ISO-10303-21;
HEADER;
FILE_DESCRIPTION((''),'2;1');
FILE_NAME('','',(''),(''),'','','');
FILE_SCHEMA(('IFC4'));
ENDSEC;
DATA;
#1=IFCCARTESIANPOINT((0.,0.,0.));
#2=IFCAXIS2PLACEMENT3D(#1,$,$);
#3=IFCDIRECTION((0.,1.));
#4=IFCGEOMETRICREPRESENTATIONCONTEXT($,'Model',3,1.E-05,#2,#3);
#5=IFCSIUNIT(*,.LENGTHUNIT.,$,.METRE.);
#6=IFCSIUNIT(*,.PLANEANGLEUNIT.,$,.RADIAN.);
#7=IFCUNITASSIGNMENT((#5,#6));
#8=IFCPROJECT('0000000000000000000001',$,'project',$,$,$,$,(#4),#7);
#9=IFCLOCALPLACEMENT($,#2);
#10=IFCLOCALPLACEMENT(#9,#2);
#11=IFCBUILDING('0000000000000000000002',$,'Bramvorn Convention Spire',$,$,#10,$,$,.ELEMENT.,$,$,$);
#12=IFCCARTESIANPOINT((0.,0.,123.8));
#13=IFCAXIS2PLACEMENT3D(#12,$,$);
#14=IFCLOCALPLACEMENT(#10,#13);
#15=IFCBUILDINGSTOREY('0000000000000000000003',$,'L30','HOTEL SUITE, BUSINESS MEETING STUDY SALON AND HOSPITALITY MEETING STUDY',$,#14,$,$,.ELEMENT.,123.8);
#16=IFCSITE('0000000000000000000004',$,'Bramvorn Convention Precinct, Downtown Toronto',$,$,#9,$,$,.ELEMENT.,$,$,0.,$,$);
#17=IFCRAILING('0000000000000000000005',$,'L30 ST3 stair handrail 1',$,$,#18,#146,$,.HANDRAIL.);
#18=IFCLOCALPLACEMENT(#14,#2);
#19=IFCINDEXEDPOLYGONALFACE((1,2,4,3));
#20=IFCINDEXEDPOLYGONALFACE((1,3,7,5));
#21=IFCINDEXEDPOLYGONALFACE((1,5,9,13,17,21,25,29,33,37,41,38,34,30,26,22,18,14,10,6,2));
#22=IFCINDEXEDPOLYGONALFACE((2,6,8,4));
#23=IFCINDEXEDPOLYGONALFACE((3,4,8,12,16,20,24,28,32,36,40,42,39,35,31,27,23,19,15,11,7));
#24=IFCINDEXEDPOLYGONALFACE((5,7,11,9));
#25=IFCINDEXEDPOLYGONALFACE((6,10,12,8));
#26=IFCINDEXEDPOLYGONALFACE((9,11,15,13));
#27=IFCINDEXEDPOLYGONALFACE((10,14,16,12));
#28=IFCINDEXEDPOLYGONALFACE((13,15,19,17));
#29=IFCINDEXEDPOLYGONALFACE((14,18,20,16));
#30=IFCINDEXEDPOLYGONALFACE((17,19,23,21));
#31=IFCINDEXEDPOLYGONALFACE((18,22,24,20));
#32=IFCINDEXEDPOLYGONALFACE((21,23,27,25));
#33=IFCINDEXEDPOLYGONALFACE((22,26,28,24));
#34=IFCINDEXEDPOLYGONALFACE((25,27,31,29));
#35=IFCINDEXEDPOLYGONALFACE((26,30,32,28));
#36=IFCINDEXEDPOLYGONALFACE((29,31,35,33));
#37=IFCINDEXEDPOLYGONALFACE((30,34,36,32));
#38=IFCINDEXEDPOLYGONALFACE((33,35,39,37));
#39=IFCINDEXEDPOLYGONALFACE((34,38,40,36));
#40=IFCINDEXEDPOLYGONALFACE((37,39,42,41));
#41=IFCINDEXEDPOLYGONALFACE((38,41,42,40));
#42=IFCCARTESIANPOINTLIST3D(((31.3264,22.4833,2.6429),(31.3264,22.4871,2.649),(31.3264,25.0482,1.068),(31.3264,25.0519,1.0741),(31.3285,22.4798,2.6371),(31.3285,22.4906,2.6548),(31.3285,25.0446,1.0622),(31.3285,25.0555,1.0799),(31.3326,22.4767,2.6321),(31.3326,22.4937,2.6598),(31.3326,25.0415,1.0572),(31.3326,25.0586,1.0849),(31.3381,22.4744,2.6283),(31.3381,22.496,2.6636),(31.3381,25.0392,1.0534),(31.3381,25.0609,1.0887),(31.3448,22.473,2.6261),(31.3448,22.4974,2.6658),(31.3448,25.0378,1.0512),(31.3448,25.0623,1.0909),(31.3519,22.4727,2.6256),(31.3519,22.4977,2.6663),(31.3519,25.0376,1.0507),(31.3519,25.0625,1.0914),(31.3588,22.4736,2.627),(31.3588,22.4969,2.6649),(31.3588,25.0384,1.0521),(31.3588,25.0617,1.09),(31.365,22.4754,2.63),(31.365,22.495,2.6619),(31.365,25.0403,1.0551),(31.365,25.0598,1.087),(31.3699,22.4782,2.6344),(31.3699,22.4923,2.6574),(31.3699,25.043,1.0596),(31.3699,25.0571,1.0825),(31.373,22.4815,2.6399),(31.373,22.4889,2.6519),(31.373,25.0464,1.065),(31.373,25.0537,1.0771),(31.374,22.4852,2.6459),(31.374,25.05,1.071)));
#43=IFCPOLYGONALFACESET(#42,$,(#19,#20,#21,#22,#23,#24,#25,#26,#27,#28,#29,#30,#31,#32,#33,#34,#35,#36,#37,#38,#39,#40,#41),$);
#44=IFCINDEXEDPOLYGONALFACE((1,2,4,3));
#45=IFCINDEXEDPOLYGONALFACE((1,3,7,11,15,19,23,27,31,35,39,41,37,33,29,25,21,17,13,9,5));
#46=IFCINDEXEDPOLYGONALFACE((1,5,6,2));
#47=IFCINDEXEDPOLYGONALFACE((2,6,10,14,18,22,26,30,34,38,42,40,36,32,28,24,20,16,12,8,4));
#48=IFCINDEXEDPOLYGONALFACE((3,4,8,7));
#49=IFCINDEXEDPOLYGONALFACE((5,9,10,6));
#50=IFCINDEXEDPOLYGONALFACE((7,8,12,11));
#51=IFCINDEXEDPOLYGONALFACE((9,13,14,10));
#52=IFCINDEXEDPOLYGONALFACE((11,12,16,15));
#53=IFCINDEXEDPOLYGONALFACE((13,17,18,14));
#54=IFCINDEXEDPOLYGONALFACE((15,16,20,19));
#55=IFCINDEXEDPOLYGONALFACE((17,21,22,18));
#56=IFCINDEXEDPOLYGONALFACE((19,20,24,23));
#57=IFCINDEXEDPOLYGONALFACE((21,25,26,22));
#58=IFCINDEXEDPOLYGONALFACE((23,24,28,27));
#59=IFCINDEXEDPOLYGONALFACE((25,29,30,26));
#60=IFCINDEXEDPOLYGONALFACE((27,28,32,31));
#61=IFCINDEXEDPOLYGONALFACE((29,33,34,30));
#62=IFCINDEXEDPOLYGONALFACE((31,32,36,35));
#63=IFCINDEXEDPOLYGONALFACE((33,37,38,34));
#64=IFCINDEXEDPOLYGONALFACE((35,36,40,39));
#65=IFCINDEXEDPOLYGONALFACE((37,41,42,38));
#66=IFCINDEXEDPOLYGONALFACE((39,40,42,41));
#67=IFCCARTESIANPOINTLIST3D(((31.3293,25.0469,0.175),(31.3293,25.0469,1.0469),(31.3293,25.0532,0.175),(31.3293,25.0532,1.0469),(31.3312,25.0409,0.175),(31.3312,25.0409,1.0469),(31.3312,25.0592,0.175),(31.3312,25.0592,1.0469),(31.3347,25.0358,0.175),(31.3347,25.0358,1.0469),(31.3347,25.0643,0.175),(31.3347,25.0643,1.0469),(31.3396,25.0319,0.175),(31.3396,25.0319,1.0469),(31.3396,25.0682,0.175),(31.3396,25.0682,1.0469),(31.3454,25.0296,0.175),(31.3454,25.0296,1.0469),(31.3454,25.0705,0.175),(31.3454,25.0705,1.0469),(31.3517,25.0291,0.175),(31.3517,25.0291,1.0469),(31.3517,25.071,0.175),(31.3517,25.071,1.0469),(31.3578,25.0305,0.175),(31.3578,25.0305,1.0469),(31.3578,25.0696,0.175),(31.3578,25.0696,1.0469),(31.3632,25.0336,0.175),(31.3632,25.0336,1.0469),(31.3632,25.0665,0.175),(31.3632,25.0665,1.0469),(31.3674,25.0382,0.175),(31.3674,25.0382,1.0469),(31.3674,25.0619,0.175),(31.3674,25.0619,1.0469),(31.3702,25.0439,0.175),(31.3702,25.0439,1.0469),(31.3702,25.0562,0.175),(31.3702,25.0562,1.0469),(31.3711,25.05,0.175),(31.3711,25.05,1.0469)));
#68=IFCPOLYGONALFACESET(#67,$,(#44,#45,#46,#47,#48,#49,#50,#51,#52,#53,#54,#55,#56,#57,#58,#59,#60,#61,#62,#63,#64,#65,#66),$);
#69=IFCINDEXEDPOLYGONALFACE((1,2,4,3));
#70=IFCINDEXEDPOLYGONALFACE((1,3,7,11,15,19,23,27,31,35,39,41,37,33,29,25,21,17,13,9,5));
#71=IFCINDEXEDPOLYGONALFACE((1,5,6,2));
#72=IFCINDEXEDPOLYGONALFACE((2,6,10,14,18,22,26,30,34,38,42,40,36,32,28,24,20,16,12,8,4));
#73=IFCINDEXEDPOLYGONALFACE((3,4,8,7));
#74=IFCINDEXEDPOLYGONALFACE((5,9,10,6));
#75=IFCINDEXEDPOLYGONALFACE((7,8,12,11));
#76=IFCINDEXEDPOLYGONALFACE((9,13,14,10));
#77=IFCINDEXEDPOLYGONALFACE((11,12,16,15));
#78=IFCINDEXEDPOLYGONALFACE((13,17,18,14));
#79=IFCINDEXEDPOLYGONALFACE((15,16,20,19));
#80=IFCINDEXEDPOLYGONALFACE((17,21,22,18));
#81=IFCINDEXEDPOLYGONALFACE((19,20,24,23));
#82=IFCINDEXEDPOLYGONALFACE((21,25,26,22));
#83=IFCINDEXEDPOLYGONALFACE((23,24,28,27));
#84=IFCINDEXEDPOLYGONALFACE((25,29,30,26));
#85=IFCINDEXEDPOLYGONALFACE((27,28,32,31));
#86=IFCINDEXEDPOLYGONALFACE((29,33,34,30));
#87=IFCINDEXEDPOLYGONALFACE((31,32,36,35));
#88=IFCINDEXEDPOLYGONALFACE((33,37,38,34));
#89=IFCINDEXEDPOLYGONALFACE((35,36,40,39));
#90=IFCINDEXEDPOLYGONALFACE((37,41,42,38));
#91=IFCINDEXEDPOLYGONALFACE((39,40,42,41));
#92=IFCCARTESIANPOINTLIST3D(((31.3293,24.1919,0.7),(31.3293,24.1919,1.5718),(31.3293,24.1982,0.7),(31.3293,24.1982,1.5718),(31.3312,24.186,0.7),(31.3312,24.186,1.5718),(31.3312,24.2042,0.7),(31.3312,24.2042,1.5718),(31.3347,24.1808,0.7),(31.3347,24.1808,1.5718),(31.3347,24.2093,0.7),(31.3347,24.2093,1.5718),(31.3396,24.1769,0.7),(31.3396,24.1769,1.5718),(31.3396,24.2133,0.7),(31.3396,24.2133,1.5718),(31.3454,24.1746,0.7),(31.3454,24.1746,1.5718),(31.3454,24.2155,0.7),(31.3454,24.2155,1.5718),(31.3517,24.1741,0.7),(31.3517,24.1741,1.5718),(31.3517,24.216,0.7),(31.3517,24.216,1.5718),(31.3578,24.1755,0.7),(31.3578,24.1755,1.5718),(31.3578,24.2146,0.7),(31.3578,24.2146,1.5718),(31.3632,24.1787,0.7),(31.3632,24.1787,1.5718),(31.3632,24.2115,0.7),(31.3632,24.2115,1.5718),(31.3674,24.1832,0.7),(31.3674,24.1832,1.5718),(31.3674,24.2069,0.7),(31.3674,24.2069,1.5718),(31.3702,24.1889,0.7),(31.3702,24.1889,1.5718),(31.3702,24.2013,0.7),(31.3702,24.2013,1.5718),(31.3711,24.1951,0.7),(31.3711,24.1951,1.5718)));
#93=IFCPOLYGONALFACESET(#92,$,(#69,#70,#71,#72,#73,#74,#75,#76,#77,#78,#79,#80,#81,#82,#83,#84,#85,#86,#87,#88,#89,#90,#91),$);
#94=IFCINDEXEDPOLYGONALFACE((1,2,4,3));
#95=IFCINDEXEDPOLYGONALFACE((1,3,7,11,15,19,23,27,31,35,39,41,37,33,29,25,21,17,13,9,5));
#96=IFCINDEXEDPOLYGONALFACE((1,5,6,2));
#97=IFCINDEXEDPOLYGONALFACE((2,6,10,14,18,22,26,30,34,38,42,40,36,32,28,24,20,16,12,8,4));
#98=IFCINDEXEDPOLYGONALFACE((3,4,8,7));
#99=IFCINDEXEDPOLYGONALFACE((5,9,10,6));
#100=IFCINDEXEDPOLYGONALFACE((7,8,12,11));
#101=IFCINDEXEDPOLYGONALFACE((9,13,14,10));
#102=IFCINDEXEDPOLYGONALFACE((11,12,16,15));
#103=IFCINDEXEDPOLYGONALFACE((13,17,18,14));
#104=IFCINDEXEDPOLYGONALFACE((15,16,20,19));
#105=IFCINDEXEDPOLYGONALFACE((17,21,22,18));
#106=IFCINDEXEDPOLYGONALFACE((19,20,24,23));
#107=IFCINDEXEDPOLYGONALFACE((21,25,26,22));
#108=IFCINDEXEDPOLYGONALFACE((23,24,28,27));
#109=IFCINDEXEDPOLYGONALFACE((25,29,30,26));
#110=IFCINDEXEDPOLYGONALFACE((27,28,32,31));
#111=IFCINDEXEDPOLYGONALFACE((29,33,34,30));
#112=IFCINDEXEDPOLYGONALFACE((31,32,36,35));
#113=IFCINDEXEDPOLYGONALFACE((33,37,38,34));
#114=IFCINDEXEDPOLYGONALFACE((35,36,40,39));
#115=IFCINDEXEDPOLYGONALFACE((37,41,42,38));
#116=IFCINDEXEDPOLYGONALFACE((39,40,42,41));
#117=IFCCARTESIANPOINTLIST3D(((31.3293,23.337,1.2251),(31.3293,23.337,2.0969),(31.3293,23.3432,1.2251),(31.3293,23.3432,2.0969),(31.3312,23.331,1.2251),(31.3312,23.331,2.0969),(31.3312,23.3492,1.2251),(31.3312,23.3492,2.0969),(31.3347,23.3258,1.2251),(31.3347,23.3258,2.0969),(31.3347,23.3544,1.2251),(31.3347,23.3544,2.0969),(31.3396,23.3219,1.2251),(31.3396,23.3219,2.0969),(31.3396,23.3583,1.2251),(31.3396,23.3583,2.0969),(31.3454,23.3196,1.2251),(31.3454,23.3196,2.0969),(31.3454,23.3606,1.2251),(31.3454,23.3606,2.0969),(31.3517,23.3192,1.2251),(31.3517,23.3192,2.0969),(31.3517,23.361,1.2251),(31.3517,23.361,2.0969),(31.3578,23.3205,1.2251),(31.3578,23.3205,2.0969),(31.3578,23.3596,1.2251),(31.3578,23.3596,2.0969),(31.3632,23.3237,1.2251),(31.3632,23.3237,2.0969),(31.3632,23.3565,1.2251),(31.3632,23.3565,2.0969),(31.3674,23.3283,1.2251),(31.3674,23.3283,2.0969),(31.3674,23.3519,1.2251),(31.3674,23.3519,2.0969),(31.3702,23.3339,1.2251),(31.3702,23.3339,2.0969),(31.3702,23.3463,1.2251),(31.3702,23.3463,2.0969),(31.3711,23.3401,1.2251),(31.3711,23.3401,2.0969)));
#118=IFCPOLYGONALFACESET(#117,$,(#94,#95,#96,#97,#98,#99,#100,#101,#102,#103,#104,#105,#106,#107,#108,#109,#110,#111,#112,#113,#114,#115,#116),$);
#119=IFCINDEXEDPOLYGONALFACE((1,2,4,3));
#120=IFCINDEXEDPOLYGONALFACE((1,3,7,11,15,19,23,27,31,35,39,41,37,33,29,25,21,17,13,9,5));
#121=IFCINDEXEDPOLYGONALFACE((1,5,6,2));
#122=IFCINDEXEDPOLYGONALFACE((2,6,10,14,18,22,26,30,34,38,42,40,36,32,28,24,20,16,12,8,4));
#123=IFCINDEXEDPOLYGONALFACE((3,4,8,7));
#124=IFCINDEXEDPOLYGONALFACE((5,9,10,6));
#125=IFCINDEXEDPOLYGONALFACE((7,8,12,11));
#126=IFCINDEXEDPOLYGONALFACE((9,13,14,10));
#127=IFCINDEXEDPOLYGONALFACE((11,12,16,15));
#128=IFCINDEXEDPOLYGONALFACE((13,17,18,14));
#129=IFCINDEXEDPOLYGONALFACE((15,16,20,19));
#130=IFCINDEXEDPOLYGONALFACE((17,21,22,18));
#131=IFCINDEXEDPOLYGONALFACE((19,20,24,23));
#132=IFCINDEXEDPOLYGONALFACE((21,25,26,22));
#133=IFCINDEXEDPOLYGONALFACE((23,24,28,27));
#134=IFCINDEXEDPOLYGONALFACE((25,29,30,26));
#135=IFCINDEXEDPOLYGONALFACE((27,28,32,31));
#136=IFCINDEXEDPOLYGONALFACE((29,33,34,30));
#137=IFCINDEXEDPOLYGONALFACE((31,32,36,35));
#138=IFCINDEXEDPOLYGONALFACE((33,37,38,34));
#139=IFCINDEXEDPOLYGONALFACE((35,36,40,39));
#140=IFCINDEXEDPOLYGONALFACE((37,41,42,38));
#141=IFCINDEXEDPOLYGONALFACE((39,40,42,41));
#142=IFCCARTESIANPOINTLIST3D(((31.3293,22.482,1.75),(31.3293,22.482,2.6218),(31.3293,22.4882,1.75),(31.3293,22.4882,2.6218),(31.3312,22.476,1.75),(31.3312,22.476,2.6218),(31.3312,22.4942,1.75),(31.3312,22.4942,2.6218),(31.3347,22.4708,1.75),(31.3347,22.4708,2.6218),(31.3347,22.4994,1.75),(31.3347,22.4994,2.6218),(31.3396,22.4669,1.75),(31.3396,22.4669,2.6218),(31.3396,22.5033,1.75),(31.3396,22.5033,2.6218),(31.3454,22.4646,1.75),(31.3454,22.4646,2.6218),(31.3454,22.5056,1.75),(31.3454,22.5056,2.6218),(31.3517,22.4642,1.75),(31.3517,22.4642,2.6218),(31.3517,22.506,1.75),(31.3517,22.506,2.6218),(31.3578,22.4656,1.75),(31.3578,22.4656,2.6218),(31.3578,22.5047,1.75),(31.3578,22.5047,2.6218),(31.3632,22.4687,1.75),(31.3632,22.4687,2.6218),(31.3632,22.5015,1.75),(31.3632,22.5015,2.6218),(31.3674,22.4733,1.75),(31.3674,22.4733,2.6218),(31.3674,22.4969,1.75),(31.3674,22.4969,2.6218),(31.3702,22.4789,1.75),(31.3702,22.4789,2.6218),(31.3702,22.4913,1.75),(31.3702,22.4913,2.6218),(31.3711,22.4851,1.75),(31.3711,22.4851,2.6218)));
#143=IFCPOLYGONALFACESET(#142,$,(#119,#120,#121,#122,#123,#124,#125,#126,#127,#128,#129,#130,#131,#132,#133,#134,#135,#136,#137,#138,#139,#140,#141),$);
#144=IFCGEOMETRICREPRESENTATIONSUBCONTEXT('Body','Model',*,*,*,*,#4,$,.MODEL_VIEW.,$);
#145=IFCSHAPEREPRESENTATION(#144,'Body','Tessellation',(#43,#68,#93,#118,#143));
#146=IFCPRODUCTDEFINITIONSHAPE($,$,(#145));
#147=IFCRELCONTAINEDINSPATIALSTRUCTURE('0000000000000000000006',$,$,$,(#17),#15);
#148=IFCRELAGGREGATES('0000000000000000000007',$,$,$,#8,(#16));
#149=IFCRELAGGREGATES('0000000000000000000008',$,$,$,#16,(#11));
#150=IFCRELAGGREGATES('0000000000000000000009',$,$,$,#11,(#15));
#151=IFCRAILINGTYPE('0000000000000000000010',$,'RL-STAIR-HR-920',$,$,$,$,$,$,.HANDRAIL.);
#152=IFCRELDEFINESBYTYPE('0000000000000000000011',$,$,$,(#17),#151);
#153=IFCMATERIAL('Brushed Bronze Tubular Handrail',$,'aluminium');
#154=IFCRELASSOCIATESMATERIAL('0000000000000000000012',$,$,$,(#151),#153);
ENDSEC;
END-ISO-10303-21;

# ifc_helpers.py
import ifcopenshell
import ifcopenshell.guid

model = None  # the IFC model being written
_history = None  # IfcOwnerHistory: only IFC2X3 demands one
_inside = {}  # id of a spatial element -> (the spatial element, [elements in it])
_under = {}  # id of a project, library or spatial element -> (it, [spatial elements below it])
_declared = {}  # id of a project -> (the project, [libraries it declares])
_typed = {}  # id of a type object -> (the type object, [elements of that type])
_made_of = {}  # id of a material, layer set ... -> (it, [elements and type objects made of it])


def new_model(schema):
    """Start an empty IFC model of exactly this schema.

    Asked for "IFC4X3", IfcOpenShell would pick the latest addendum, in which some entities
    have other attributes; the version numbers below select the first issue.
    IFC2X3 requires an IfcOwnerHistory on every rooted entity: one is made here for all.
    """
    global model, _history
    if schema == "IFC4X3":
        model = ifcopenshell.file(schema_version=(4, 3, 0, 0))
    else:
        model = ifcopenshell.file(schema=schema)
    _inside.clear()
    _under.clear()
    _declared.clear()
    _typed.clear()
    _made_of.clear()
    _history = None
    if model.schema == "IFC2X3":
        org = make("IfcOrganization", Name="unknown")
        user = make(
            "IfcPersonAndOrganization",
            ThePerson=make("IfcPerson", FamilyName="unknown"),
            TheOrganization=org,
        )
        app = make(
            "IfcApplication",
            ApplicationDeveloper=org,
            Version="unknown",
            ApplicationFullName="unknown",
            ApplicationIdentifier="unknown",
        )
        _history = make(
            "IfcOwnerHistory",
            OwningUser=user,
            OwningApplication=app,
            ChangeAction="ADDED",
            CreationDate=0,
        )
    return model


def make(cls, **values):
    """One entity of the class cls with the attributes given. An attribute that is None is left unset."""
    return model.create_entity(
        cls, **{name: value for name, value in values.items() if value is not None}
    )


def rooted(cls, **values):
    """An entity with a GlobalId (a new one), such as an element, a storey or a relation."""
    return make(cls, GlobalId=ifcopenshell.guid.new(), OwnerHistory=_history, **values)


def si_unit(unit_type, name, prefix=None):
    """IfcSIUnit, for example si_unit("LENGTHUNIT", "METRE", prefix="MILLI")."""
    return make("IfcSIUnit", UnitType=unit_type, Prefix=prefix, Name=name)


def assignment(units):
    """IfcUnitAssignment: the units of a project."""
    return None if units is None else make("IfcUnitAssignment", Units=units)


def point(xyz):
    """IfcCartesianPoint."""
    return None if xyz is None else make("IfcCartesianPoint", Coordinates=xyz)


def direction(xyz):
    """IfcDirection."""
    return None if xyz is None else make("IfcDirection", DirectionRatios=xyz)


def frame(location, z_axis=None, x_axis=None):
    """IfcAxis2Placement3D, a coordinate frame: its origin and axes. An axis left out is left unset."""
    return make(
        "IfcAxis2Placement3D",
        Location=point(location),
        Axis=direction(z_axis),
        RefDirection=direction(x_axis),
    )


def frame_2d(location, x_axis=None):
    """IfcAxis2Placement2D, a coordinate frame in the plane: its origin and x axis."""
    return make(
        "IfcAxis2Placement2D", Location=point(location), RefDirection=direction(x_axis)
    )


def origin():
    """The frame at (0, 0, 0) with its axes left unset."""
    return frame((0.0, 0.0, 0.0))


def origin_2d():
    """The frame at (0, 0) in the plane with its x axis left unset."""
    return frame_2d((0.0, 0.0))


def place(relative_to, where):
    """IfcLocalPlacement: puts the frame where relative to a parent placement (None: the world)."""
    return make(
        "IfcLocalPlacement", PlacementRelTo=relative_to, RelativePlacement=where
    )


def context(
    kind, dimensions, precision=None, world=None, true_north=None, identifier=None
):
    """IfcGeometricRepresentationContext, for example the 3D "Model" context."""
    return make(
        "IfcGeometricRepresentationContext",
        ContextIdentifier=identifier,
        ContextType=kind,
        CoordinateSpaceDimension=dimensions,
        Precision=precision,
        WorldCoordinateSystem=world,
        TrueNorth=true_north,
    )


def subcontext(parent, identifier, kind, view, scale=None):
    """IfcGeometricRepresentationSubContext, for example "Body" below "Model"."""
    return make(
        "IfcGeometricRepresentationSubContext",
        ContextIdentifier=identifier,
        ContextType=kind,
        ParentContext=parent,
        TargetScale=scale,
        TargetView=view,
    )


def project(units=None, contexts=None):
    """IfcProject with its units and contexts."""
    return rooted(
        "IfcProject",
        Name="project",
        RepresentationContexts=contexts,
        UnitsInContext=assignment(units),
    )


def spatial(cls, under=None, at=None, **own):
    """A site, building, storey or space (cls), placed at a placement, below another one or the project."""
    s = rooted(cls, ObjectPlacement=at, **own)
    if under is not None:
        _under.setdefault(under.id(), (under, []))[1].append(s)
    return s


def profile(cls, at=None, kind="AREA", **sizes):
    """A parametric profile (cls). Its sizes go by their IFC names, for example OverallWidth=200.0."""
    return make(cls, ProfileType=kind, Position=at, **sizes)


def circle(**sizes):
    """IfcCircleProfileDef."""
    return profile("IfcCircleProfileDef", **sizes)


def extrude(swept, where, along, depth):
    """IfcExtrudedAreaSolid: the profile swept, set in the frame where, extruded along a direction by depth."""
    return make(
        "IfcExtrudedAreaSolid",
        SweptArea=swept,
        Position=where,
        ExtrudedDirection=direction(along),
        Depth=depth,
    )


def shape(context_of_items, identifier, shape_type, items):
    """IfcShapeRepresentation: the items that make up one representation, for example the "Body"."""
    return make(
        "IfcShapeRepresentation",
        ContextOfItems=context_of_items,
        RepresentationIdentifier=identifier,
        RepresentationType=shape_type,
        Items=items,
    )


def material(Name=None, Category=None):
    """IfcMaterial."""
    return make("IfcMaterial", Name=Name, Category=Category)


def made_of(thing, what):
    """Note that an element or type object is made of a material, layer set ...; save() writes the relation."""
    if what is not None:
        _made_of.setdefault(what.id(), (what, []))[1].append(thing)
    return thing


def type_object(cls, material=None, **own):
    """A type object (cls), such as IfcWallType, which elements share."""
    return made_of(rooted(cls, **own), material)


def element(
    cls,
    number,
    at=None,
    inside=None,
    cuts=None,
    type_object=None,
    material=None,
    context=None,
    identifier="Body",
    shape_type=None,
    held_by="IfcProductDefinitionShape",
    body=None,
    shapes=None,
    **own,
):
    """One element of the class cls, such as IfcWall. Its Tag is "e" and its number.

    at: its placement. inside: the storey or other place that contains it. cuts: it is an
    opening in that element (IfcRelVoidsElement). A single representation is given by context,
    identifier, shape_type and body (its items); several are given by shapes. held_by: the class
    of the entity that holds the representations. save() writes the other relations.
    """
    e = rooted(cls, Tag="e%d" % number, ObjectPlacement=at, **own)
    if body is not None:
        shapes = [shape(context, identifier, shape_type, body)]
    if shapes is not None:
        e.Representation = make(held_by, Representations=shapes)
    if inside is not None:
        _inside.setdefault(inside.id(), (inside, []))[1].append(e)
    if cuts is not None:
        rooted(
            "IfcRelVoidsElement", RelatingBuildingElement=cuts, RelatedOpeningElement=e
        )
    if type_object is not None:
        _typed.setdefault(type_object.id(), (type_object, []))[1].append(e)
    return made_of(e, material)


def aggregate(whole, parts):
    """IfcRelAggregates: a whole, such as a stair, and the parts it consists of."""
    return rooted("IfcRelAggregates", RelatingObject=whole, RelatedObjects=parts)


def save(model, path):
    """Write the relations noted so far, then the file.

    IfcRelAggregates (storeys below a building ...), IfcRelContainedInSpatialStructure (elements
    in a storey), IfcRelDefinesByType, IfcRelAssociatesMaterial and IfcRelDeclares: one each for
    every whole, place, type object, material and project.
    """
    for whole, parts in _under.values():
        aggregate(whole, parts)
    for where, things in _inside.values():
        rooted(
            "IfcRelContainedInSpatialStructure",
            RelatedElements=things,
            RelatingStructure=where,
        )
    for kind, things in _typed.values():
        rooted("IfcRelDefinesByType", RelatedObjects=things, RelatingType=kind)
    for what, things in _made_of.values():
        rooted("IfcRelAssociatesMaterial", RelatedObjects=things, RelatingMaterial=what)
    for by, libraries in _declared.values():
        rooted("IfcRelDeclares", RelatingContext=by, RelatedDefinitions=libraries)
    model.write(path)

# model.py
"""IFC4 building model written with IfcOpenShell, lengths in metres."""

from ifc_helpers import new_model, si_unit, direction, frame, origin, origin_2d, place, context, subcontext, project, spatial, circle, extrude, material, type_object, element, save


model = new_model("IFC4")

# Units and contexts
model_context = context("Model", 3, precision=1e-05, world=origin(), true_north=direction((0.0, 1.0)))
body_context = subcontext(model_context, "Body", "Model", "MODEL_VIEW")
ifc_project = project(units=[si_unit("LENGTHUNIT", "METRE"), si_unit("PLANEANGLEUNIT", "RADIAN")], contexts=[model_context])

# Site, building, storey
site_placement = place(None, origin())
site = spatial("IfcSite", under=ifc_project, at=site_placement, Name="Bramvorn Convention Precinct, Downtown Toronto", CompositionType="ELEMENT", RefElevation=0.0)
building_placement = place(site_placement, origin())
building = spatial("IfcBuilding", under=site, at=building_placement, Name="Bramvorn Convention Spire", CompositionType="ELEMENT")
storey_placement = place(building_placement, frame((0.0, 0.0, 123.8)))
storey = spatial("IfcBuildingStorey", under=building, at=storey_placement, Name="L30", Description="HOTEL SUITE, BUSINESS MEETING STUDY SALON AND HOSPITALITY MEETING STUDY", CompositionType="ELEMENT", Elevation=123.8)

# Railing
ifc_material_1 = material(Name="Brushed Bronze Tubular Handrail", Category="aluminium")
railing_type_1 = type_object("IfcRailingType", Name="RL-STAIR-HR-920", PredefinedType="HANDRAIL", material=ifc_material_1)
railing_1_placement = place(storey_placement, frame((31.3501, 25.05, 0.175)))
element("IfcRailing", 1, at=railing_1_placement, inside=storey, type_object=railing_type_1, Name="L30 ST3 stair handrail 1", PredefinedType="HANDRAIL", context=body_context, shape_type="SweptSolid", body=[
    extrude(circle(Radius=0.0239, at=origin_2d()), frame((0.0, 0.0, 0.896), z_axis=(0.0, -0.852173, 0.52326), x_axis=(1.0, 0.0, 0.0)), (0.0, 0.0, 1.0), 3.0098),
    extrude(circle(Radius=0.021, at=origin_2d()), origin(), (0.0, 0.0, 1.0), 0.8718),
    extrude(circle(Radius=0.021, at=origin_2d()), frame((0.0, -0.855, 0.5249)), (0.0, 0.0, 1.0), 0.8718),
    extrude(circle(Radius=0.021, at=origin_2d()), frame((0.0, -1.71, 1.05)), (0.0, 0.0, 1.0), 0.8718),
    extrude(circle(Radius=0.021, at=origin_2d()), frame((0.0, -2.5649, 1.575)), (0.0, 0.0, 1.0), 0.8718),
])

save(model, "model.ifc")
